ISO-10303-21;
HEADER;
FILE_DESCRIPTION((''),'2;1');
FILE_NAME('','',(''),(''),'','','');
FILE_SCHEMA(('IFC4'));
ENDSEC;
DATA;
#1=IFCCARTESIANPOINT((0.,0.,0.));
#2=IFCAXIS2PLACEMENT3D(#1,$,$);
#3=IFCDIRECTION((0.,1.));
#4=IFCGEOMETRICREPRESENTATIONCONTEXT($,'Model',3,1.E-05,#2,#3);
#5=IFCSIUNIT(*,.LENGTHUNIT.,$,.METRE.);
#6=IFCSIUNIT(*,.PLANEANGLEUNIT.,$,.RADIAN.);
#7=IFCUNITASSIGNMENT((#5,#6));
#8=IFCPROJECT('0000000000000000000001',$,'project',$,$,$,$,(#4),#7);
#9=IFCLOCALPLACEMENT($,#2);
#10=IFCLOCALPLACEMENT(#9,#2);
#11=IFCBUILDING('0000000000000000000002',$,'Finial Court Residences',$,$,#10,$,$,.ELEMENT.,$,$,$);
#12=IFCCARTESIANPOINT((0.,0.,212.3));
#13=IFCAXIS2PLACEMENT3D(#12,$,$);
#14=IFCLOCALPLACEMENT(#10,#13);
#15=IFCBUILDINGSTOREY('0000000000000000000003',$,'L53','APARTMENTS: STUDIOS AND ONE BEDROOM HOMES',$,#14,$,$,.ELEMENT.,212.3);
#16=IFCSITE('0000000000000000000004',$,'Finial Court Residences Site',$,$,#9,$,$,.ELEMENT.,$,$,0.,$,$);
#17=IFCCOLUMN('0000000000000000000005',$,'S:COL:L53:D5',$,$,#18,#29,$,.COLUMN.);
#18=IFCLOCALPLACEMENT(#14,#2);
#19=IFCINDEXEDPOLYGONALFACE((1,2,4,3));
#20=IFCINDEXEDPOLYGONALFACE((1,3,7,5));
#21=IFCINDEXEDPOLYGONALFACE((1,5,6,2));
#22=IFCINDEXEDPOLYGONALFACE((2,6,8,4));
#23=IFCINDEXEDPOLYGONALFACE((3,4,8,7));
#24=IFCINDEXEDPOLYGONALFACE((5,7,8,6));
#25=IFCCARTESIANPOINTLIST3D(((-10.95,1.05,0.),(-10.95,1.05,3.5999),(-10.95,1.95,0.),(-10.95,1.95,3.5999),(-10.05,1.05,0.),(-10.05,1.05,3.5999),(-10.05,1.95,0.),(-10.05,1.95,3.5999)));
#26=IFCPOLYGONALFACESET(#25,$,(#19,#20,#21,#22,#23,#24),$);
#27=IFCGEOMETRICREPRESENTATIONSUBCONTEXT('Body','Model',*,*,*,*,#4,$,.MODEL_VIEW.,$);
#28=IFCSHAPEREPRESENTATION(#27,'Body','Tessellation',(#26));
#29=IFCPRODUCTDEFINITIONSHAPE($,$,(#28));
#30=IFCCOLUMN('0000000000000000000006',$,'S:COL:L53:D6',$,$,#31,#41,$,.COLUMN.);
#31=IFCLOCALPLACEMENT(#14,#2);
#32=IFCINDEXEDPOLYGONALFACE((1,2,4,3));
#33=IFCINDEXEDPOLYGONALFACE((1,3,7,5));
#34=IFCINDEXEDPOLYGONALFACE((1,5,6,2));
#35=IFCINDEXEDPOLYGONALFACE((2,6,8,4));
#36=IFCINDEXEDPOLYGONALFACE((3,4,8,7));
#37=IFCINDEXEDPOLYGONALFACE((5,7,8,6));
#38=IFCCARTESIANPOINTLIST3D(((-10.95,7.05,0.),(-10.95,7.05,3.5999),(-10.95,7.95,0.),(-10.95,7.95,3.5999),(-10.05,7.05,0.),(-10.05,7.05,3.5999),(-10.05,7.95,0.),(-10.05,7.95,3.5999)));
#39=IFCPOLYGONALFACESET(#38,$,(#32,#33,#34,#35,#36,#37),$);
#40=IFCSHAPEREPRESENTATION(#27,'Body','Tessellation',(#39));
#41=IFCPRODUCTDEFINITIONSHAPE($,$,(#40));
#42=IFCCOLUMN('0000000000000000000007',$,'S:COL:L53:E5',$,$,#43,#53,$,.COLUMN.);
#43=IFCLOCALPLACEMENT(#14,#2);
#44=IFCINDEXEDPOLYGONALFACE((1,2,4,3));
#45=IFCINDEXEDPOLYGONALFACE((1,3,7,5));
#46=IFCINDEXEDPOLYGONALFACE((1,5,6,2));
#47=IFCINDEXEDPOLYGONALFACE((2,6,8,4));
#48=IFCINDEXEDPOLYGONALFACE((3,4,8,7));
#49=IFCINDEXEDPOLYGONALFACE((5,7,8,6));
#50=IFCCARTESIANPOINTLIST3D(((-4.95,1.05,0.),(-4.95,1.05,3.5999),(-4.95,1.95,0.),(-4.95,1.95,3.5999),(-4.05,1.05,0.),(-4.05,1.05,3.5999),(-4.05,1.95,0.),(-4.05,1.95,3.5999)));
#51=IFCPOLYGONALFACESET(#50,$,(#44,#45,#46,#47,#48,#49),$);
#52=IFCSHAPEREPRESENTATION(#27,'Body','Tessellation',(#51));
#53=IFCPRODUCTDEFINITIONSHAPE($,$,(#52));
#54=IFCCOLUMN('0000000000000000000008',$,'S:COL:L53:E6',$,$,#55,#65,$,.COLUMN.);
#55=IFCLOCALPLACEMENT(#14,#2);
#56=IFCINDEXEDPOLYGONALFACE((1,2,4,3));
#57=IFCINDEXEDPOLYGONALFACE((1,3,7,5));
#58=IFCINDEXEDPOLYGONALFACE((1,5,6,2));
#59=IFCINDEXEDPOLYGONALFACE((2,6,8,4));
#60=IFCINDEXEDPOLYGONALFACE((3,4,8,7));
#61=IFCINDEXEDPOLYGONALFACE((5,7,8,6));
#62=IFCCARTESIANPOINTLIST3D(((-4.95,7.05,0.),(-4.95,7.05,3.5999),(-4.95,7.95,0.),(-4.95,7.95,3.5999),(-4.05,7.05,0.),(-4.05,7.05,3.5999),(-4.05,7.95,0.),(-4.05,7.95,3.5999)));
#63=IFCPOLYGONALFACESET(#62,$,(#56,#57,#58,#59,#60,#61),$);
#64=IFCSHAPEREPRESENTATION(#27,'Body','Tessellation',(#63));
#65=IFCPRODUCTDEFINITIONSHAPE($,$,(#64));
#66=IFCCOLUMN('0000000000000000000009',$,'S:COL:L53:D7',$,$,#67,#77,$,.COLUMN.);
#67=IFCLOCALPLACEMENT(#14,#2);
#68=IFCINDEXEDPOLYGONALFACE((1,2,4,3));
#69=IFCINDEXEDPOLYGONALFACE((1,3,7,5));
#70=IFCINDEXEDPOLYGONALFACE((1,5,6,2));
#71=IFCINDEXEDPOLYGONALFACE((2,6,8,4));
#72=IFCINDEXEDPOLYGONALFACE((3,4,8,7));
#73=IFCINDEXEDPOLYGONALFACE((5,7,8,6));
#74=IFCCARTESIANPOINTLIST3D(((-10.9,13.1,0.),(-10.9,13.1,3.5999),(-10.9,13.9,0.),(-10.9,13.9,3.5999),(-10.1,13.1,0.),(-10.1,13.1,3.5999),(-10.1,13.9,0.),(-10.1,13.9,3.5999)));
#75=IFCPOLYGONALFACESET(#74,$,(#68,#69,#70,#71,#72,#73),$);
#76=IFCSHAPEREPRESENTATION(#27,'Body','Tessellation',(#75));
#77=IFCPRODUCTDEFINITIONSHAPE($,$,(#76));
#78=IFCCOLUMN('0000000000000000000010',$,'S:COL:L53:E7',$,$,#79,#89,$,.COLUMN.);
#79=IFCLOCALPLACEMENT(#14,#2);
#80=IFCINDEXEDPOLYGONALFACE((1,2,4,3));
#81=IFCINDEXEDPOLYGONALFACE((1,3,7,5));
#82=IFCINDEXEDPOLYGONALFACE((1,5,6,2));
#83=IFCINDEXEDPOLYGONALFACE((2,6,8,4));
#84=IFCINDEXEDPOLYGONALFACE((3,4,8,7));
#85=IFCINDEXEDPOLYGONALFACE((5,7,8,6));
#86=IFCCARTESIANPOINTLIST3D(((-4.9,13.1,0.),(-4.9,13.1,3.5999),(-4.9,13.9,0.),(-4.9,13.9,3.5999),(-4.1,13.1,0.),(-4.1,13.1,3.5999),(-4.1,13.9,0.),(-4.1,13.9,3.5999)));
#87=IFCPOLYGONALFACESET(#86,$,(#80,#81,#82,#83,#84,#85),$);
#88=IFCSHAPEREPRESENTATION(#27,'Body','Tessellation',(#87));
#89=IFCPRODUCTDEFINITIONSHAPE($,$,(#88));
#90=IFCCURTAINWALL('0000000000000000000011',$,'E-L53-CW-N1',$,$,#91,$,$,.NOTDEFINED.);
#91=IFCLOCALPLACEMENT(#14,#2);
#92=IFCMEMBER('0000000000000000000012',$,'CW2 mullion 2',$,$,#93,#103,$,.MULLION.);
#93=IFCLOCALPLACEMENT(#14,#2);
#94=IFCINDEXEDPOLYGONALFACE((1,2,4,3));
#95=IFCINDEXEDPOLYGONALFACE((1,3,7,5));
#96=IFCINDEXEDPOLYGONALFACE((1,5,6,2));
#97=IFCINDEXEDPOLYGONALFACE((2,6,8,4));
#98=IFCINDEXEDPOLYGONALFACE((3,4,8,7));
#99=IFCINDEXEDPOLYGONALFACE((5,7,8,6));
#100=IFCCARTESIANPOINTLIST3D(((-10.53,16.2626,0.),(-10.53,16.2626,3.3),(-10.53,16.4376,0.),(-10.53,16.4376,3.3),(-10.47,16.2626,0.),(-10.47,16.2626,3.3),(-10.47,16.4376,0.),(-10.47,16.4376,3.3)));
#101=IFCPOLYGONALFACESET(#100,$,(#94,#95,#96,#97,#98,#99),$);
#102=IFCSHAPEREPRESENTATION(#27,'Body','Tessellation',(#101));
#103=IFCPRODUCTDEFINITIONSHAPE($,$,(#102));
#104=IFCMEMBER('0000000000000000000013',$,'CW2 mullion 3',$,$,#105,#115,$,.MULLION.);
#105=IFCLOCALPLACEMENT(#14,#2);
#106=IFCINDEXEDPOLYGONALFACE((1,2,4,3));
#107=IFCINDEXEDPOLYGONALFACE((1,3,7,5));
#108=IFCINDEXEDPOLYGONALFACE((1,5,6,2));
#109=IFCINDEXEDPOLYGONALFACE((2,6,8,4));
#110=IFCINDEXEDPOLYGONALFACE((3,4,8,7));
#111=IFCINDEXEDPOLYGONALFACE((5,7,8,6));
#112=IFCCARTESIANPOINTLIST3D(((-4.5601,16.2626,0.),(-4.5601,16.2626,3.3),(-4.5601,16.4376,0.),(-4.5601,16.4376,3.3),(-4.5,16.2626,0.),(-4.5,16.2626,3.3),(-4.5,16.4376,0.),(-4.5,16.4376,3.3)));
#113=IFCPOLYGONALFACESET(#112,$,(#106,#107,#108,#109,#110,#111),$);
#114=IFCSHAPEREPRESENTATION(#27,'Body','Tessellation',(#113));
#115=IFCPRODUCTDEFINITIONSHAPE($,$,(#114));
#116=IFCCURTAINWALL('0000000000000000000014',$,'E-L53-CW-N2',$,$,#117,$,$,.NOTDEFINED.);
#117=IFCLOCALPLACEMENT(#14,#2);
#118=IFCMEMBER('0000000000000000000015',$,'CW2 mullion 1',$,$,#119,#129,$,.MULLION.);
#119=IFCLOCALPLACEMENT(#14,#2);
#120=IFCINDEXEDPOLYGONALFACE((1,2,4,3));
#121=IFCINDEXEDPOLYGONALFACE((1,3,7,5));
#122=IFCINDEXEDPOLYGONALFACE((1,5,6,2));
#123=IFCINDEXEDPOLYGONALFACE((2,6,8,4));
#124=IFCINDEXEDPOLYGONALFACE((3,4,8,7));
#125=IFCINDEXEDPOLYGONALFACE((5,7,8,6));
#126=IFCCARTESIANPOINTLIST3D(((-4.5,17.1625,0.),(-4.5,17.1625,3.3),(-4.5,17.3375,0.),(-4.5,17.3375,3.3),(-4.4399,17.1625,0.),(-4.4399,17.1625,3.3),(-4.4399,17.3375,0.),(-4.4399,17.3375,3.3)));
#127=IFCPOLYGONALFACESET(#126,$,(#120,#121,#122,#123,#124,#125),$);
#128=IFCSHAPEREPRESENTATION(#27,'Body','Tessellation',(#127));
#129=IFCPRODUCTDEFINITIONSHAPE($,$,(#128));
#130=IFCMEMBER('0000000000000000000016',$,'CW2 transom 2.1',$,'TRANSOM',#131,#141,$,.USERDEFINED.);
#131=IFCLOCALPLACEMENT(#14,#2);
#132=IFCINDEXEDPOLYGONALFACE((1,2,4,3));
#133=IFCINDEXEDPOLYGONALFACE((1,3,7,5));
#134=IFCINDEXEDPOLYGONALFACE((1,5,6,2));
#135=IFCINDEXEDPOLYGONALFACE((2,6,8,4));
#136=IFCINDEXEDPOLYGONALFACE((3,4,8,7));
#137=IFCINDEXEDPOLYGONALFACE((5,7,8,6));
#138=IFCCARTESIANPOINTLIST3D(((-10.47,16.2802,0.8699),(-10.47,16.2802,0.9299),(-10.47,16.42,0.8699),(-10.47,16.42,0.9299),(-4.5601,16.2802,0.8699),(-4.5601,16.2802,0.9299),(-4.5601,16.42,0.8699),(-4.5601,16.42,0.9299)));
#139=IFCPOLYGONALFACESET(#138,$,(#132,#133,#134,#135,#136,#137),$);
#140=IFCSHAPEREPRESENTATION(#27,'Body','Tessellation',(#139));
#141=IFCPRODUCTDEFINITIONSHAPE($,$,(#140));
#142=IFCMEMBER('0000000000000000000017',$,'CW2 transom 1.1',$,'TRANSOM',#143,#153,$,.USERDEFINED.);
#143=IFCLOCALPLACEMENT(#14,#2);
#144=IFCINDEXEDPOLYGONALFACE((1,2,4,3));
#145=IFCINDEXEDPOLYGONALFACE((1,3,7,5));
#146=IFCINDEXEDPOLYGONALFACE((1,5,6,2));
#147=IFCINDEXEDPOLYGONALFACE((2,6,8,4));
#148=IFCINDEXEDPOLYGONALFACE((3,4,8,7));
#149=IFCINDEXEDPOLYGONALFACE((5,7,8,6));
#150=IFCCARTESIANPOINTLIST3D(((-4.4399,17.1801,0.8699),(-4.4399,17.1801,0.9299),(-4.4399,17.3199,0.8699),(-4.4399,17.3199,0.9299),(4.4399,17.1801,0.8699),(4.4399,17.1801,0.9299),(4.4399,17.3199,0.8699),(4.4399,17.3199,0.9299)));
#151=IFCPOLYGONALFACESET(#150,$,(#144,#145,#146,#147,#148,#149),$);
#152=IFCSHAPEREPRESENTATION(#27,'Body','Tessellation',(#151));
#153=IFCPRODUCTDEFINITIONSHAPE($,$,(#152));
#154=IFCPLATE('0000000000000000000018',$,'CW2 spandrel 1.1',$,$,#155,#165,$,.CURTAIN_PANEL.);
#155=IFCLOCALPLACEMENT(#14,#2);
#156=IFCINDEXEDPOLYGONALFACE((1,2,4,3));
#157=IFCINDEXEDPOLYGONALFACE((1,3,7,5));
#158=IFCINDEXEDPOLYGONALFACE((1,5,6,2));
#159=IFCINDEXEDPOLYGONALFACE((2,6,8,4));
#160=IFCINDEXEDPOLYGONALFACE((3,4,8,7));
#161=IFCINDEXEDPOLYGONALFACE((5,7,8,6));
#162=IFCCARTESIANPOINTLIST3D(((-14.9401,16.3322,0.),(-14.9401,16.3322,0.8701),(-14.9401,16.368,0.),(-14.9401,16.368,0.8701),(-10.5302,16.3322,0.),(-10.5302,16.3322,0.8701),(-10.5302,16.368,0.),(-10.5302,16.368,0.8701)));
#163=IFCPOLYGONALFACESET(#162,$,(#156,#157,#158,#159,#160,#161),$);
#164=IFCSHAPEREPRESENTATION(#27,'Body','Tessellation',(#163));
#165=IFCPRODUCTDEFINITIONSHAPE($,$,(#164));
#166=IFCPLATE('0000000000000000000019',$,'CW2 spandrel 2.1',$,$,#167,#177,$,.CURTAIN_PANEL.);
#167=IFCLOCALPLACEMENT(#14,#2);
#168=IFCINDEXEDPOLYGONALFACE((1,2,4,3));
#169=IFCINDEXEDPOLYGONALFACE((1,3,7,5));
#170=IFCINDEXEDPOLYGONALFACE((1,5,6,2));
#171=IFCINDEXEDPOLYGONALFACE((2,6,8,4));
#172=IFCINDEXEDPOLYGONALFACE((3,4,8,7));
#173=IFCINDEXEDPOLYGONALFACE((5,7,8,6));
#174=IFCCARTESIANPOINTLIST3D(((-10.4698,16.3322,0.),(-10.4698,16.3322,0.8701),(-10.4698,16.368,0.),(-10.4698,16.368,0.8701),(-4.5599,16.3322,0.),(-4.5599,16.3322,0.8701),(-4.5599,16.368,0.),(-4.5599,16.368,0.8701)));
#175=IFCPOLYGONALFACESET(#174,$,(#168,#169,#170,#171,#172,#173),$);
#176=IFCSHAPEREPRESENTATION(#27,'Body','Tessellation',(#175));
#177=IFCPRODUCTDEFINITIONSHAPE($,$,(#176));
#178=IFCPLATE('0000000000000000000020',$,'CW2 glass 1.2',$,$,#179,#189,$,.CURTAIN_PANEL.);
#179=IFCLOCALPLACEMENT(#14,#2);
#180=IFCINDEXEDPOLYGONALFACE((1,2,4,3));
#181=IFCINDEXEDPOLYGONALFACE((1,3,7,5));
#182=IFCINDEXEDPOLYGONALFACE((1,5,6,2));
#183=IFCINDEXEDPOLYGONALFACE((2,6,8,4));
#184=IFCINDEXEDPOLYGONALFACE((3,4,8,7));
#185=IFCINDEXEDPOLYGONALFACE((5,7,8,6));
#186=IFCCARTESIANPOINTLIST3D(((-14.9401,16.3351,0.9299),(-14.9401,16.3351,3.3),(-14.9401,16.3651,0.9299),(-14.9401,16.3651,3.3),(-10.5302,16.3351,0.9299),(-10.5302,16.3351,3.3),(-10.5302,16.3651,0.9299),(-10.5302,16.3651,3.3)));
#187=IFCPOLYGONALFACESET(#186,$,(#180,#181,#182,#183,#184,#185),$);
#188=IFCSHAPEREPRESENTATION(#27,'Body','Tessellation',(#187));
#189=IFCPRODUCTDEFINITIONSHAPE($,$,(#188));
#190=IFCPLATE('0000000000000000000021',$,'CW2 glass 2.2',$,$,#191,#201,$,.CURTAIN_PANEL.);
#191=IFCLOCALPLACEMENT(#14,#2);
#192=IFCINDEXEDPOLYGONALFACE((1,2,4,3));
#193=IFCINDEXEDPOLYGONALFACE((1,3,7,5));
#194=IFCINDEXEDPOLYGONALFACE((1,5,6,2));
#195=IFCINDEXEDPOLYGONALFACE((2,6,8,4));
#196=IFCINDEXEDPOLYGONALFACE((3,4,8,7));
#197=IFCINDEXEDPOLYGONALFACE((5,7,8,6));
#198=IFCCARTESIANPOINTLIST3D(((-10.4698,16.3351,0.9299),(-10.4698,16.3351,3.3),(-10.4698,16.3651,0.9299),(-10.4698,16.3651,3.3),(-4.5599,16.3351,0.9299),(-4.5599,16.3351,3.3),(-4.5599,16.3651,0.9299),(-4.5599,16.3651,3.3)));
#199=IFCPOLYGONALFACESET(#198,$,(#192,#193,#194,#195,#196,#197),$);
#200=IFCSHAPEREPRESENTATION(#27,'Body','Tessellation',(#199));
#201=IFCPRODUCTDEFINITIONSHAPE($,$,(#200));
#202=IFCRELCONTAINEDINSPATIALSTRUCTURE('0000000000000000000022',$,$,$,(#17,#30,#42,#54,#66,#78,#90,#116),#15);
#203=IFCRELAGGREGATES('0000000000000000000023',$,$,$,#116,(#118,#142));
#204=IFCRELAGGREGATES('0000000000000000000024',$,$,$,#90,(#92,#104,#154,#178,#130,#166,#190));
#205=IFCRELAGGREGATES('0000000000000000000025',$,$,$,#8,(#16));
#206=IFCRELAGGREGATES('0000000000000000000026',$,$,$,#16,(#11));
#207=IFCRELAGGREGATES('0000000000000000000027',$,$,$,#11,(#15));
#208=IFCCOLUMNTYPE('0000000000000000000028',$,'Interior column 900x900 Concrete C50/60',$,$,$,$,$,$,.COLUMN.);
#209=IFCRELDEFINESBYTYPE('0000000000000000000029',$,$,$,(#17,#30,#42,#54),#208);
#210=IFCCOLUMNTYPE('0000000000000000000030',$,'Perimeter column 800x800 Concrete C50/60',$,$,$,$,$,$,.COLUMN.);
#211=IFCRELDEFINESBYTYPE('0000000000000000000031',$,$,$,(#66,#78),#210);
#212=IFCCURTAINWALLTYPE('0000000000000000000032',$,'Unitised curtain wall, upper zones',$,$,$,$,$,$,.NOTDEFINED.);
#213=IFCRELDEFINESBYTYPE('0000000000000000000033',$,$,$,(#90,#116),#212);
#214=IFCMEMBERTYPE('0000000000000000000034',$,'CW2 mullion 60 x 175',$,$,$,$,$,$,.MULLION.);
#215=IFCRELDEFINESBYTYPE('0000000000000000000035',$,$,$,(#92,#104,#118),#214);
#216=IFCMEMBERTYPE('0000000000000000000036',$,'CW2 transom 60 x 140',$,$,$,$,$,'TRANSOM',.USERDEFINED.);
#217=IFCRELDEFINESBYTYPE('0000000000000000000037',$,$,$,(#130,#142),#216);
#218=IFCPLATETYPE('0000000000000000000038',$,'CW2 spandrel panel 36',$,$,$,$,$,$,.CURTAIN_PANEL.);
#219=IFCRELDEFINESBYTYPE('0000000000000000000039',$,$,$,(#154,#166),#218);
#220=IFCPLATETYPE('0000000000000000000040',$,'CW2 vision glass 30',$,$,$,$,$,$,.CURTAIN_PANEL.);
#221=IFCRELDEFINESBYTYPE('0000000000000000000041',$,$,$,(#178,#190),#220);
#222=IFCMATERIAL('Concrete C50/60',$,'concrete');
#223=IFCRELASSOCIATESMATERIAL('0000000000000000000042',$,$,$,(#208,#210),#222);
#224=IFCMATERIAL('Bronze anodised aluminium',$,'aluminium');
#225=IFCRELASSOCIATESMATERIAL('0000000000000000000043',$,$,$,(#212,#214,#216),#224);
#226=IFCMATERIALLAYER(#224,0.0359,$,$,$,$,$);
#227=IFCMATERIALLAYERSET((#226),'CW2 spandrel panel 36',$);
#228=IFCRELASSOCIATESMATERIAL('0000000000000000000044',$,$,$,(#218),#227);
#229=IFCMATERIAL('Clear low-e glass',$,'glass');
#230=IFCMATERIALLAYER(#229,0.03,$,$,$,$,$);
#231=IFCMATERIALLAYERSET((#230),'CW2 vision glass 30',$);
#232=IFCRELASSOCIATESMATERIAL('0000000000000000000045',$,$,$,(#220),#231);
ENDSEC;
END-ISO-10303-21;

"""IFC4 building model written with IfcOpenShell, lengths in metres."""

from ifc_helpers import new_model, si_unit, direction, frame, origin, origin_2d, place, context, subcontext, project, spatial, rectangle, extrude, material, layer, layer_set, material_profile, profile_set, type_object, element, aggregate, save


model = new_model("IFC4")

# Units and contexts
model_context = context("Model", 3, precision=1e-05, world=origin(), true_north=direction((0.0, 1.0)))
body_context = subcontext(model_context, "Body", "Model", "MODEL_VIEW")
ifc_project = project(units=[si_unit("LENGTHUNIT", "METRE"), si_unit("PLANEANGLEUNIT", "RADIAN")], contexts=[model_context])

# Site, building, storey
site_placement = place(None, origin())
site = spatial("IfcSite", under=ifc_project, at=site_placement, Name="Finial Court Residences Site", CompositionType="ELEMENT", RefElevation=0.0)
building_placement = place(site_placement, origin())
building = spatial("IfcBuilding", under=site, at=building_placement, Name="Finial Court Residences", CompositionType="ELEMENT")
storey_placement = place(building_placement, frame((0.0, 0.0, 212.3)))
storey = spatial("IfcBuildingStorey", under=building, at=storey_placement, Name="L53", Description="APARTMENTS: STUDIOS AND ONE BEDROOM HOMES", CompositionType="ELEMENT", Elevation=212.3)

# Columns
ifc_material_1 = material(Name="Concrete C50/60", Category="concrete")
ifc_material_profile_1 = material_profile(ifc_material_1, rectangle(XDim=0.8999, YDim=0.8999, at=origin_2d()), Name="900x900")
ifc_profile_set_1 = profile_set([ifc_material_profile_1], Name="Concrete C50/60")
column_type_1 = type_object("IfcColumnType", Name="Interior column 900x900 Concrete C50/60", PredefinedType="COLUMN", material=ifc_profile_set_1)
for number, where, z_axis, x_axis, name in (
    (1, (-10.5, 1.5, 0.0), (0.0, 0.0, 1.0), (1.0, 0.0, 0.0), "S:COL:L53:D5"),
    (2, (-10.5, 7.5, 0.0), (0.0, 0.0, 1.0), (1.0, 0.0, 0.0), "S:COL:L53:D6"),
    (3, (-4.5, 1.5, 0.0), (0.0, 0.0, 1.0), (1.0, 0.0, 0.0), "S:COL:L53:E5"),
    (4, (-4.5, 7.5, 0.0), (0.0, 0.0, 1.0), (1.0, 0.0, 0.0), "S:COL:L53:E6"),
):
    element("IfcColumn", number, at=place(storey_placement, frame(where, z_axis=z_axis, x_axis=x_axis)), inside=storey, type_object=column_type_1, Name=name, PredefinedType="COLUMN", context=body_context, shape_type="SweptSolid", body=[
        extrude(rectangle(XDim=0.8999, YDim=0.8999, at=origin_2d()), origin(), (0.0, 0.0, 1.0), 3.5999),
    ])
ifc_material_profile_2 = material_profile(ifc_material_1, rectangle(XDim=0.8, YDim=0.8, at=origin_2d()), Name="800x800")
ifc_profile_set_2 = profile_set([ifc_material_profile_2], Name="Concrete C50/60")
column_type_2 = type_object("IfcColumnType", Name="Perimeter column 800x800 Concrete C50/60", PredefinedType="COLUMN", material=ifc_profile_set_2)
for number, where, z_axis, x_axis, name in (
    (5, (-10.5, 13.5, 0.0), (0.0, 0.0, 1.0), (1.0, 0.0, 0.0), "S:COL:L53:D7"),
    (6, (-4.5, 13.5, 0.0), (0.0, 0.0, 1.0), (1.0, 0.0, 0.0), "S:COL:L53:E7"),
):
    element("IfcColumn", number, at=place(storey_placement, frame(where, z_axis=z_axis, x_axis=x_axis)), inside=storey, type_object=column_type_2, Name=name, PredefinedType="COLUMN", context=body_context, shape_type="SweptSolid", body=[
        extrude(rectangle(XDim=0.8, YDim=0.8, at=origin_2d()), origin(), (0.0, 0.0, 1.0), 3.5999),
    ])

# Curtain wall, members
ifc_material_2 = material(Name="Bronze anodised aluminium", Category="aluminium")
curtain_wall_type = type_object("IfcCurtainWallType", Name="Unitised curtain wall, upper zones", PredefinedType="NOTDEFINED", material=ifc_material_2)
curtain_wall_1_placement = place(storey_placement, origin())
curtain_wall_1 = element("IfcCurtainWall", 7, at=curtain_wall_1_placement, inside=storey, type_object=curtain_wall_type, Name="E-L53-CW-N1", PredefinedType="NOTDEFINED")
ifc_material_profile_3 = material_profile(ifc_material_2, rectangle(XDim=0.175, YDim=0.0601, at=origin_2d()), Name="CW2 mullion 60 x 175")
ifc_profile_set_3 = profile_set([ifc_material_profile_3], Name="Bronze anodised aluminium")
member_type_1 = type_object("IfcMemberType", Name="CW2 mullion 60 x 175", PredefinedType="MULLION", material=ifc_profile_set_3)
member_1_placement = place(storey_placement, frame((-10.5, 16.3501, 0.0), z_axis=(0.0, 0.0, 1.0), x_axis=(0.0, 1.0, 0.0)))
member_1 = element("IfcMember", 8, at=member_1_placement, type_object=member_type_1, Name="CW2 mullion 2", PredefinedType="MULLION", context=body_context, shape_type="SweptSolid", body=[
    extrude(rectangle(XDim=0.175, YDim=0.0601, at=origin_2d()), origin(), (0.0, 0.0, 1.0), 3.3),
])
member_2_placement = place(storey_placement, frame((-4.53, 16.3501, 0.0), z_axis=(0.0, 0.0, 1.0), x_axis=(0.0, 1.0, 0.0)))
member_2 = element("IfcMember", 9, at=member_2_placement, type_object=member_type_1, Name="CW2 mullion 3", PredefinedType="MULLION", context=body_context, shape_type="SweptSolid", body=[
    extrude(rectangle(XDim=0.175, YDim=0.0601, at=origin_2d()), origin(), (0.0, 0.0, 1.0), 3.3),
])

# Curtain wall, member
curtain_wall_2_placement = place(storey_placement, origin())
curtain_wall_2 = element("IfcCurtainWall", 10, at=curtain_wall_2_placement, inside=storey, type_object=curtain_wall_type, Name="E-L53-CW-N2", PredefinedType="NOTDEFINED")
member_3_placement = place(storey_placement, frame((-4.47, 17.25, 0.0), z_axis=(0.0, 0.0, 1.0), x_axis=(0.0, 1.0, 0.0)))
member_3 = element("IfcMember", 11, at=member_3_placement, type_object=member_type_1, Name="CW2 mullion 1", PredefinedType="MULLION", context=body_context, shape_type="SweptSolid", body=[
    extrude(rectangle(XDim=0.175, YDim=0.0601, at=origin_2d()), origin(), (0.0, 0.0, 1.0), 3.3),
])

# Members
ifc_material_profile_4 = material_profile(ifc_material_2, rectangle(XDim=0.1399, YDim=0.0601, at=origin_2d()), Name="CW2 transom 60 x 140")
ifc_profile_set_4 = profile_set([ifc_material_profile_4], Name="Bronze anodised aluminium")
member_type_2 = type_object("IfcMemberType", Name="CW2 transom 60 x 140", ElementType="TRANSOM", PredefinedType="USERDEFINED", material=ifc_profile_set_4)
member_4_placement = place(storey_placement, frame((-10.47, 16.3501, 0.8999), z_axis=(1.0, 0.0, 0.0), x_axis=(0.0, 1.0, 0.0)))
member_4 = element("IfcMember", 12, at=member_4_placement, type_object=member_type_2, Name="CW2 transom 2.1", ObjectType="TRANSOM", PredefinedType="USERDEFINED", context=body_context, shape_type="SweptSolid", body=[
    extrude(rectangle(XDim=0.1399, YDim=0.0601, at=origin_2d()), origin(), (0.0, 0.0, 1.0), 5.9099),
])
member_5_placement = place(storey_placement, frame((-4.4399, 17.25, 0.8999), z_axis=(1.0, 0.0, 0.0), x_axis=(0.0, 1.0, 0.0)))
member_5 = element("IfcMember", 13, at=member_5_placement, type_object=member_type_2, Name="CW2 transom 1.1", ObjectType="TRANSOM", PredefinedType="USERDEFINED", context=body_context, shape_type="SweptSolid", body=[
    extrude(rectangle(XDim=0.1399, YDim=0.0601, at=origin_2d()), origin(), (0.0, 0.0, 1.0), 8.8799),
])
aggregate(curtain_wall_2, [member_3, member_5])

# Plates
ifc_layer_1 = layer(ifc_material_2, 0.0359)
ifc_layer_set_1 = layer_set([ifc_layer_1], Name="CW2 spandrel panel 36")
plate_type_1 = type_object("IfcPlateType", Name="CW2 spandrel panel 36", PredefinedType="CURTAIN_PANEL", material=ifc_layer_set_1)
plate_1_placement = place(storey_placement, frame((-12.7351, 16.3501, 0.0), z_axis=(0.0, 0.0, 1.0), x_axis=(1.0, 0.0, 0.0)))
plate_1 = element("IfcPlate", 14, at=plate_1_placement, type_object=plate_type_1, Name="CW2 spandrel 1.1", PredefinedType="CURTAIN_PANEL", context=body_context, shape_type="SweptSolid", body=[
    extrude(rectangle(XDim=4.4099, YDim=0.0359, at=origin_2d()), origin(), (0.0, 0.0, 1.0), 0.8701),
])
plate_2_placement = place(storey_placement, frame((-7.5149, 16.3501, 0.0), z_axis=(0.0, 0.0, 1.0), x_axis=(1.0, 0.0, 0.0)))
plate_2 = element("IfcPlate", 15, at=plate_2_placement, type_object=plate_type_1, Name="CW2 spandrel 2.1", PredefinedType="CURTAIN_PANEL", context=body_context, shape_type="SweptSolid", body=[
    extrude(rectangle(XDim=5.9099, YDim=0.0359, at=origin_2d()), origin(), (0.0, 0.0, 1.0), 0.8701),
])
ifc_material_3 = material(Name="Clear low-e glass", Category="glass")
ifc_layer_2 = layer(ifc_material_3, 0.03)
ifc_layer_set_2 = layer_set([ifc_layer_2], Name="CW2 vision glass 30")
plate_type_2 = type_object("IfcPlateType", Name="CW2 vision glass 30", PredefinedType="CURTAIN_PANEL", material=ifc_layer_set_2)
plate_3_placement = place(storey_placement, frame((-12.7351, 16.3501, 0.9299), z_axis=(0.0, 0.0, 1.0), x_axis=(1.0, 0.0, 0.0)))
plate_3 = element("IfcPlate", 16, at=plate_3_placement, type_object=plate_type_2, Name="CW2 glass 1.2", PredefinedType="CURTAIN_PANEL", context=body_context, shape_type="SweptSolid", body=[
    extrude(rectangle(XDim=4.4099, YDim=0.03, at=origin_2d()), origin(), (0.0, 0.0, 1.0), 2.3701),
])
plate_4_placement = place(storey_placement, frame((-7.5149, 16.3501, 0.9299), z_axis=(0.0, 0.0, 1.0), x_axis=(1.0, 0.0, 0.0)))
plate_4 = element("IfcPlate", 17, at=plate_4_placement, type_object=plate_type_2, Name="CW2 glass 2.2", PredefinedType="CURTAIN_PANEL", context=body_context, shape_type="SweptSolid", body=[
    extrude(rectangle(XDim=5.9099, YDim=0.03, at=origin_2d()), origin(), (0.0, 0.0, 1.0), 2.3701),
])
aggregate(curtain_wall_1, [member_1, member_2, plate_1, plate_3, member_4, plate_2, plate_4])

save(model, "model.ifc")
